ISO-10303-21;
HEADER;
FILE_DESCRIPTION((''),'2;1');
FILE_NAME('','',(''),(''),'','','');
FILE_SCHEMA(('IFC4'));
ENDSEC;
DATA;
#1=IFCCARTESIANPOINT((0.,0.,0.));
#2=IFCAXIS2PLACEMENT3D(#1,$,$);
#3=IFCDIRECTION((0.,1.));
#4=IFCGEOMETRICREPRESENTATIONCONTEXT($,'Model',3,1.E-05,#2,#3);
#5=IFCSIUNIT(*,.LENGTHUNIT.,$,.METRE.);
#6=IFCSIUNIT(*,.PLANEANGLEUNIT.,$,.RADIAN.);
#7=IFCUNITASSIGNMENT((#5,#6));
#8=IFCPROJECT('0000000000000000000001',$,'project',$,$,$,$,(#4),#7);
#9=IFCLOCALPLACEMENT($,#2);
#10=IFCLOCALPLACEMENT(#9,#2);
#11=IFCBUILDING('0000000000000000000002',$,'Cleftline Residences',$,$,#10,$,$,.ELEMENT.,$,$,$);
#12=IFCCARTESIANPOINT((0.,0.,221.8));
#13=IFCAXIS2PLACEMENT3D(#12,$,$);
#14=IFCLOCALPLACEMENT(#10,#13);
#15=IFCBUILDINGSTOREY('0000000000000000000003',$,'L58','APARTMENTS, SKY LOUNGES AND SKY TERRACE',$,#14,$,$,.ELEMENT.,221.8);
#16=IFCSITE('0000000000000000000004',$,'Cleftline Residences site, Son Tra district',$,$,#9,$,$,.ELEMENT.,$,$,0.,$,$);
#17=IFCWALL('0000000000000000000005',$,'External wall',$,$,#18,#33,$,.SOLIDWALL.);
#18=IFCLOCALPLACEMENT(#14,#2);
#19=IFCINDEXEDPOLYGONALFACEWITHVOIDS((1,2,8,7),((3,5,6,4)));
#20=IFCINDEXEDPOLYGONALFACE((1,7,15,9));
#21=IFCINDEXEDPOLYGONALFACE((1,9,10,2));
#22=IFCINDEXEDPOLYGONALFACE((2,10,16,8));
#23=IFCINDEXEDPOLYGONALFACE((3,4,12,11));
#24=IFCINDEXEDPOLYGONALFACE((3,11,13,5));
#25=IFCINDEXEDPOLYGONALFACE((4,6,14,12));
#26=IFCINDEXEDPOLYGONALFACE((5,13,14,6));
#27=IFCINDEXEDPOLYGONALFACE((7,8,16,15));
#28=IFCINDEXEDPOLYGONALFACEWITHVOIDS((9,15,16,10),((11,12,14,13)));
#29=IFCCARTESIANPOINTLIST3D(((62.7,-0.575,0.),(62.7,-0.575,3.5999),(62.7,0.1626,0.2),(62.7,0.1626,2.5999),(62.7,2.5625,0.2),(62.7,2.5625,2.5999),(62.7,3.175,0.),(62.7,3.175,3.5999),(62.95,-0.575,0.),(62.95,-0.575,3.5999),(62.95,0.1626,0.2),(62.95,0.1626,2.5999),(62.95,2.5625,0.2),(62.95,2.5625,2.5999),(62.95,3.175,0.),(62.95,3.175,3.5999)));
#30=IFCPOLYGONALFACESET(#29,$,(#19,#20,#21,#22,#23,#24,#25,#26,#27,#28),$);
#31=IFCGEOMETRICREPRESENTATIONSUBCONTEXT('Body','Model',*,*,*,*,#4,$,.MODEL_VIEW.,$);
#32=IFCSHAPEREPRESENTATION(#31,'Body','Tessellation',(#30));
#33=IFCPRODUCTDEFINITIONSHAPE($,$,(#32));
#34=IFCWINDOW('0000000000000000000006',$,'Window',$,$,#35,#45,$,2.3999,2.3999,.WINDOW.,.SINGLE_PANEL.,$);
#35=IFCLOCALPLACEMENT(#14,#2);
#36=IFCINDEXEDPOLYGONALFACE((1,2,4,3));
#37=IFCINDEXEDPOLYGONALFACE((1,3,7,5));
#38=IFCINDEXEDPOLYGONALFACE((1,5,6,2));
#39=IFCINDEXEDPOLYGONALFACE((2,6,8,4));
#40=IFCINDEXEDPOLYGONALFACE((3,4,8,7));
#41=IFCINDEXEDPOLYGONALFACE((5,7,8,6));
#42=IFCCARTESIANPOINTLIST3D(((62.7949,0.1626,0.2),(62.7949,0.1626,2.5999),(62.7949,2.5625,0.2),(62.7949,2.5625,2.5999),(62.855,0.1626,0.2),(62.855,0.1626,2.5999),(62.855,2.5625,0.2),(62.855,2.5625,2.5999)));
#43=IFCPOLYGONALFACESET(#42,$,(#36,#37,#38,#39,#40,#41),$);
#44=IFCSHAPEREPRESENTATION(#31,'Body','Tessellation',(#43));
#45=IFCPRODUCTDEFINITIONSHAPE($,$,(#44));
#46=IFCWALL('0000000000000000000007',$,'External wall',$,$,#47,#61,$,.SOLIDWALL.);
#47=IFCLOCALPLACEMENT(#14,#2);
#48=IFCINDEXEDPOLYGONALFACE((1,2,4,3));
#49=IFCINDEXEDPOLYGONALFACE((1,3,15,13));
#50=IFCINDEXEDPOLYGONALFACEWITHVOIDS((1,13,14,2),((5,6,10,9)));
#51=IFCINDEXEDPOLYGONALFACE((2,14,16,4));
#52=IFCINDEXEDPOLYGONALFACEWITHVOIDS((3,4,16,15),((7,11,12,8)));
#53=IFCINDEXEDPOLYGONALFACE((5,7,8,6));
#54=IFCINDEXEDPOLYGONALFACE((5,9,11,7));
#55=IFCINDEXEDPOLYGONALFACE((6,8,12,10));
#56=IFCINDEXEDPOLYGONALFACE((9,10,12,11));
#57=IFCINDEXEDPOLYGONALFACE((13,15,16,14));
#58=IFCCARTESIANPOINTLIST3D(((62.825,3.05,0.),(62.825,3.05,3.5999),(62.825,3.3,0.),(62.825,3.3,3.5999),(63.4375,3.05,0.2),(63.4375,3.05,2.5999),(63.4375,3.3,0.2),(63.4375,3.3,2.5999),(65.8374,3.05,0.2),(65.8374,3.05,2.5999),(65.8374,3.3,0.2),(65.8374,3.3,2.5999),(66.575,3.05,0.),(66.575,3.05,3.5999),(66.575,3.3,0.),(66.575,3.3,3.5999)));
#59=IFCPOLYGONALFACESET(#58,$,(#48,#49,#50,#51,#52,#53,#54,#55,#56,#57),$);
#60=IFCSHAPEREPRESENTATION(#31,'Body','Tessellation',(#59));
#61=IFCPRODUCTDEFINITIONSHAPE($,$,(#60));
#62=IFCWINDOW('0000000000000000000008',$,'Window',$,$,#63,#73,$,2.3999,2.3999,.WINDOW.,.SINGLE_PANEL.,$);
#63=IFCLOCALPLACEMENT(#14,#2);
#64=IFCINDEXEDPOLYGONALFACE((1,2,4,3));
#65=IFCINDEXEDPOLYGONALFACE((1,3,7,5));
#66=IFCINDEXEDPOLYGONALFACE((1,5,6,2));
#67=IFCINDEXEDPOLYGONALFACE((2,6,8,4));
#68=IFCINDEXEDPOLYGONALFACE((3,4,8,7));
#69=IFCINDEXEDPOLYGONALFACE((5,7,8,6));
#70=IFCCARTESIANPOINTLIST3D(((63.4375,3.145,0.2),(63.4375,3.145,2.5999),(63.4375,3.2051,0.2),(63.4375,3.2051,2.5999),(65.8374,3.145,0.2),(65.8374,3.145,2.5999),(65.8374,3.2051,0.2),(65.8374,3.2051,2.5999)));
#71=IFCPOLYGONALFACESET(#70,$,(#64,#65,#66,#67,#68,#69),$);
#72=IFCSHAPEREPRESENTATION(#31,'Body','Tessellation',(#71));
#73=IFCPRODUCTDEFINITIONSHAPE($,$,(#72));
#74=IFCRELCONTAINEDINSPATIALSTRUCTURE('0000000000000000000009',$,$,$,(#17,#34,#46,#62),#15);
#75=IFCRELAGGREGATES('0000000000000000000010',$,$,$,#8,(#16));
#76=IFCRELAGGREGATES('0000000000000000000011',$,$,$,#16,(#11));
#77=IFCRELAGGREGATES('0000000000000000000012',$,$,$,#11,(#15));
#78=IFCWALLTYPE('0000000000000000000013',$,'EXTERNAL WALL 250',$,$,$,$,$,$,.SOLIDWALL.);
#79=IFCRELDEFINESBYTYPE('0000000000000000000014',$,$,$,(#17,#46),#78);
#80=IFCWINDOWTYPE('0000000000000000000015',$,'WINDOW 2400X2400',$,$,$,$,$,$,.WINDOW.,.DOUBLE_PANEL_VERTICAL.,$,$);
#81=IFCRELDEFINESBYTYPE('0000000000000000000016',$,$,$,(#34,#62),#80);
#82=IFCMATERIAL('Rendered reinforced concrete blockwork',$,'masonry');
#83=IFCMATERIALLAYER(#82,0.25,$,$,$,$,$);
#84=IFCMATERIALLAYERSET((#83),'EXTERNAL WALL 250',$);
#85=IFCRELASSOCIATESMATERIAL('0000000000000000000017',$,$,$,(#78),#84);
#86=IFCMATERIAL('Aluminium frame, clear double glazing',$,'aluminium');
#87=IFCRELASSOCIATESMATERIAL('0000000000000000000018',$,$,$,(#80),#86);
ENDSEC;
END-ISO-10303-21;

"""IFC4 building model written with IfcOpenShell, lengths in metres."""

from ifc_helpers import new_model, si_unit, direction, frame, frame_2d, origin, place, context, subcontext, project, spatial, rectangle, extrude, material, layer, layer_set, type_object, element, fill, save


model = new_model("IFC4")

# Units and contexts
model_context = context("Model", 3, precision=1e-05, world=origin(), true_north=direction((0.0, 1.0)))
body_context = subcontext(model_context, "Body", "Model", "MODEL_VIEW")
ifc_project = project(units=[si_unit("LENGTHUNIT", "METRE"), si_unit("PLANEANGLEUNIT", "RADIAN")], contexts=[model_context])

# Site, building, storey
site_placement = place(None, origin())
site = spatial("IfcSite", under=ifc_project, at=site_placement, Name="Cleftline Residences site, Son Tra district", CompositionType="ELEMENT", RefElevation=0.0)
building_placement = place(site_placement, origin())
building = spatial("IfcBuilding", under=site, at=building_placement, Name="Cleftline Residences", CompositionType="ELEMENT")
storey_placement = place(building_placement, frame((0.0, 0.0, 221.8)))
storey = spatial("IfcBuildingStorey", under=building, at=storey_placement, Name="L58", Description="APARTMENTS, SKY LOUNGES AND SKY TERRACE", CompositionType="ELEMENT", Elevation=221.8)

# Walls, openings, windows
ifc_material_1 = material(Name="Rendered reinforced concrete blockwork", Category="masonry")
ifc_layer_1 = layer(ifc_material_1, 0.25)
ifc_layer_set_1 = layer_set([ifc_layer_1], Name="EXTERNAL WALL 250")
wall_type_1 = type_object("IfcWallType", Name="EXTERNAL WALL 250", PredefinedType="SOLIDWALL", material=ifc_layer_set_1)
wall_1_placement = place(storey_placement, frame((62.825, -0.575, 0.0), z_axis=(0.0, 0.0, 1.0), x_axis=(0.0, 1.0, 0.0)))
wall_1 = element("IfcWall", 1, at=wall_1_placement, inside=storey, type_object=wall_type_1, Name="External wall", PredefinedType="SOLIDWALL", context=body_context, shape_type="SweptSolid", body=[
    extrude(rectangle(XDim=3.75, YDim=0.25, at=frame_2d((1.875, 0.0))), origin(), (0.0, 0.0, 1.0), 3.5999),
])
opening_1_placement = place(wall_1_placement, frame((0.7375, 0.0, 0.2)))
opening_1 = element("IfcOpeningElement", 2, at=opening_1_placement, cuts=wall_1, PredefinedType="OPENING", context=body_context, shape_type="SweptSolid", body=[
    extrude(rectangle(XDim=2.3999, YDim=2.3999, at=frame_2d((1.2, 1.2))), frame((0.0, 0.135, 0.0), z_axis=(0.0, -1.0, 0.0), x_axis=(1.0, 0.0, 0.0)), (0.0, 0.0, 1.0), 0.27),
])
ifc_material_2 = material(Name="Aluminium frame, clear double glazing", Category="aluminium")
window_type_1 = type_object("IfcWindowType", Name="WINDOW 2400X2400", PartitioningType="DOUBLE_PANEL_VERTICAL", PredefinedType="WINDOW", material=ifc_material_2)
window_1_placement = place(opening_1_placement, origin())
window_1 = element("IfcWindow", 3, at=window_1_placement, inside=storey, type_object=window_type_1, Name="Window", OverallHeight=2.3999, OverallWidth=2.3999, PartitioningType="SINGLE_PANEL", PredefinedType="WINDOW", context=body_context, shape_type="SweptSolid", body=[
    extrude(rectangle(XDim=2.3999, YDim=2.3999, at=frame_2d((1.2, 1.2))), frame((0.0, 0.03, 0.0), z_axis=(0.0, -1.0, 0.0), x_axis=(1.0, 0.0, 0.0)), (0.0, 0.0, 1.0), 0.0601),
])
fill(opening_1, window_1)
wall_2_placement = place(storey_placement, frame((62.825, 3.175, 0.0), z_axis=(0.0, 0.0, 1.0), x_axis=(1.0, 0.0, 0.0)))
wall_2 = element("IfcWall", 4, at=wall_2_placement, inside=storey, type_object=wall_type_1, Name="External wall", PredefinedType="SOLIDWALL", context=body_context, shape_type="SweptSolid", body=[
    extrude(rectangle(XDim=3.75, YDim=0.25, at=frame_2d((1.875, 0.0))), origin(), (0.0, 0.0, 1.0), 3.5999),
])
opening_2_placement = place(wall_2_placement, frame((0.6125, 0.0, 0.2)))
opening_2 = element("IfcOpeningElement", 5, at=opening_2_placement, cuts=wall_2, PredefinedType="OPENING", context=body_context, shape_type="SweptSolid", body=[
    extrude(rectangle(XDim=2.3999, YDim=2.3999, at=frame_2d((1.2, 1.2))), frame((0.0, 0.135, 0.0), z_axis=(0.0, -1.0, 0.0), x_axis=(1.0, 0.0, 0.0)), (0.0, 0.0, 1.0), 0.27),
])
window_2_placement = place(opening_2_placement, origin())
window_2 = element("IfcWindow", 6, at=window_2_placement, inside=storey, type_object=window_type_1, Name="Window", OverallHeight=2.3999, OverallWidth=2.3999, PartitioningType="SINGLE_PANEL", PredefinedType="WINDOW", context=body_context, shape_type="SweptSolid", body=[
    extrude(rectangle(XDim=2.3999, YDim=2.3999, at=frame_2d((1.2, 1.2))), frame((0.0, 0.03, 0.0), z_axis=(0.0, -1.0, 0.0), x_axis=(1.0, 0.0, 0.0)), (0.0, 0.0, 1.0), 0.0601),
])
fill(opening_2, window_2)

save(model, "model.ifc")
